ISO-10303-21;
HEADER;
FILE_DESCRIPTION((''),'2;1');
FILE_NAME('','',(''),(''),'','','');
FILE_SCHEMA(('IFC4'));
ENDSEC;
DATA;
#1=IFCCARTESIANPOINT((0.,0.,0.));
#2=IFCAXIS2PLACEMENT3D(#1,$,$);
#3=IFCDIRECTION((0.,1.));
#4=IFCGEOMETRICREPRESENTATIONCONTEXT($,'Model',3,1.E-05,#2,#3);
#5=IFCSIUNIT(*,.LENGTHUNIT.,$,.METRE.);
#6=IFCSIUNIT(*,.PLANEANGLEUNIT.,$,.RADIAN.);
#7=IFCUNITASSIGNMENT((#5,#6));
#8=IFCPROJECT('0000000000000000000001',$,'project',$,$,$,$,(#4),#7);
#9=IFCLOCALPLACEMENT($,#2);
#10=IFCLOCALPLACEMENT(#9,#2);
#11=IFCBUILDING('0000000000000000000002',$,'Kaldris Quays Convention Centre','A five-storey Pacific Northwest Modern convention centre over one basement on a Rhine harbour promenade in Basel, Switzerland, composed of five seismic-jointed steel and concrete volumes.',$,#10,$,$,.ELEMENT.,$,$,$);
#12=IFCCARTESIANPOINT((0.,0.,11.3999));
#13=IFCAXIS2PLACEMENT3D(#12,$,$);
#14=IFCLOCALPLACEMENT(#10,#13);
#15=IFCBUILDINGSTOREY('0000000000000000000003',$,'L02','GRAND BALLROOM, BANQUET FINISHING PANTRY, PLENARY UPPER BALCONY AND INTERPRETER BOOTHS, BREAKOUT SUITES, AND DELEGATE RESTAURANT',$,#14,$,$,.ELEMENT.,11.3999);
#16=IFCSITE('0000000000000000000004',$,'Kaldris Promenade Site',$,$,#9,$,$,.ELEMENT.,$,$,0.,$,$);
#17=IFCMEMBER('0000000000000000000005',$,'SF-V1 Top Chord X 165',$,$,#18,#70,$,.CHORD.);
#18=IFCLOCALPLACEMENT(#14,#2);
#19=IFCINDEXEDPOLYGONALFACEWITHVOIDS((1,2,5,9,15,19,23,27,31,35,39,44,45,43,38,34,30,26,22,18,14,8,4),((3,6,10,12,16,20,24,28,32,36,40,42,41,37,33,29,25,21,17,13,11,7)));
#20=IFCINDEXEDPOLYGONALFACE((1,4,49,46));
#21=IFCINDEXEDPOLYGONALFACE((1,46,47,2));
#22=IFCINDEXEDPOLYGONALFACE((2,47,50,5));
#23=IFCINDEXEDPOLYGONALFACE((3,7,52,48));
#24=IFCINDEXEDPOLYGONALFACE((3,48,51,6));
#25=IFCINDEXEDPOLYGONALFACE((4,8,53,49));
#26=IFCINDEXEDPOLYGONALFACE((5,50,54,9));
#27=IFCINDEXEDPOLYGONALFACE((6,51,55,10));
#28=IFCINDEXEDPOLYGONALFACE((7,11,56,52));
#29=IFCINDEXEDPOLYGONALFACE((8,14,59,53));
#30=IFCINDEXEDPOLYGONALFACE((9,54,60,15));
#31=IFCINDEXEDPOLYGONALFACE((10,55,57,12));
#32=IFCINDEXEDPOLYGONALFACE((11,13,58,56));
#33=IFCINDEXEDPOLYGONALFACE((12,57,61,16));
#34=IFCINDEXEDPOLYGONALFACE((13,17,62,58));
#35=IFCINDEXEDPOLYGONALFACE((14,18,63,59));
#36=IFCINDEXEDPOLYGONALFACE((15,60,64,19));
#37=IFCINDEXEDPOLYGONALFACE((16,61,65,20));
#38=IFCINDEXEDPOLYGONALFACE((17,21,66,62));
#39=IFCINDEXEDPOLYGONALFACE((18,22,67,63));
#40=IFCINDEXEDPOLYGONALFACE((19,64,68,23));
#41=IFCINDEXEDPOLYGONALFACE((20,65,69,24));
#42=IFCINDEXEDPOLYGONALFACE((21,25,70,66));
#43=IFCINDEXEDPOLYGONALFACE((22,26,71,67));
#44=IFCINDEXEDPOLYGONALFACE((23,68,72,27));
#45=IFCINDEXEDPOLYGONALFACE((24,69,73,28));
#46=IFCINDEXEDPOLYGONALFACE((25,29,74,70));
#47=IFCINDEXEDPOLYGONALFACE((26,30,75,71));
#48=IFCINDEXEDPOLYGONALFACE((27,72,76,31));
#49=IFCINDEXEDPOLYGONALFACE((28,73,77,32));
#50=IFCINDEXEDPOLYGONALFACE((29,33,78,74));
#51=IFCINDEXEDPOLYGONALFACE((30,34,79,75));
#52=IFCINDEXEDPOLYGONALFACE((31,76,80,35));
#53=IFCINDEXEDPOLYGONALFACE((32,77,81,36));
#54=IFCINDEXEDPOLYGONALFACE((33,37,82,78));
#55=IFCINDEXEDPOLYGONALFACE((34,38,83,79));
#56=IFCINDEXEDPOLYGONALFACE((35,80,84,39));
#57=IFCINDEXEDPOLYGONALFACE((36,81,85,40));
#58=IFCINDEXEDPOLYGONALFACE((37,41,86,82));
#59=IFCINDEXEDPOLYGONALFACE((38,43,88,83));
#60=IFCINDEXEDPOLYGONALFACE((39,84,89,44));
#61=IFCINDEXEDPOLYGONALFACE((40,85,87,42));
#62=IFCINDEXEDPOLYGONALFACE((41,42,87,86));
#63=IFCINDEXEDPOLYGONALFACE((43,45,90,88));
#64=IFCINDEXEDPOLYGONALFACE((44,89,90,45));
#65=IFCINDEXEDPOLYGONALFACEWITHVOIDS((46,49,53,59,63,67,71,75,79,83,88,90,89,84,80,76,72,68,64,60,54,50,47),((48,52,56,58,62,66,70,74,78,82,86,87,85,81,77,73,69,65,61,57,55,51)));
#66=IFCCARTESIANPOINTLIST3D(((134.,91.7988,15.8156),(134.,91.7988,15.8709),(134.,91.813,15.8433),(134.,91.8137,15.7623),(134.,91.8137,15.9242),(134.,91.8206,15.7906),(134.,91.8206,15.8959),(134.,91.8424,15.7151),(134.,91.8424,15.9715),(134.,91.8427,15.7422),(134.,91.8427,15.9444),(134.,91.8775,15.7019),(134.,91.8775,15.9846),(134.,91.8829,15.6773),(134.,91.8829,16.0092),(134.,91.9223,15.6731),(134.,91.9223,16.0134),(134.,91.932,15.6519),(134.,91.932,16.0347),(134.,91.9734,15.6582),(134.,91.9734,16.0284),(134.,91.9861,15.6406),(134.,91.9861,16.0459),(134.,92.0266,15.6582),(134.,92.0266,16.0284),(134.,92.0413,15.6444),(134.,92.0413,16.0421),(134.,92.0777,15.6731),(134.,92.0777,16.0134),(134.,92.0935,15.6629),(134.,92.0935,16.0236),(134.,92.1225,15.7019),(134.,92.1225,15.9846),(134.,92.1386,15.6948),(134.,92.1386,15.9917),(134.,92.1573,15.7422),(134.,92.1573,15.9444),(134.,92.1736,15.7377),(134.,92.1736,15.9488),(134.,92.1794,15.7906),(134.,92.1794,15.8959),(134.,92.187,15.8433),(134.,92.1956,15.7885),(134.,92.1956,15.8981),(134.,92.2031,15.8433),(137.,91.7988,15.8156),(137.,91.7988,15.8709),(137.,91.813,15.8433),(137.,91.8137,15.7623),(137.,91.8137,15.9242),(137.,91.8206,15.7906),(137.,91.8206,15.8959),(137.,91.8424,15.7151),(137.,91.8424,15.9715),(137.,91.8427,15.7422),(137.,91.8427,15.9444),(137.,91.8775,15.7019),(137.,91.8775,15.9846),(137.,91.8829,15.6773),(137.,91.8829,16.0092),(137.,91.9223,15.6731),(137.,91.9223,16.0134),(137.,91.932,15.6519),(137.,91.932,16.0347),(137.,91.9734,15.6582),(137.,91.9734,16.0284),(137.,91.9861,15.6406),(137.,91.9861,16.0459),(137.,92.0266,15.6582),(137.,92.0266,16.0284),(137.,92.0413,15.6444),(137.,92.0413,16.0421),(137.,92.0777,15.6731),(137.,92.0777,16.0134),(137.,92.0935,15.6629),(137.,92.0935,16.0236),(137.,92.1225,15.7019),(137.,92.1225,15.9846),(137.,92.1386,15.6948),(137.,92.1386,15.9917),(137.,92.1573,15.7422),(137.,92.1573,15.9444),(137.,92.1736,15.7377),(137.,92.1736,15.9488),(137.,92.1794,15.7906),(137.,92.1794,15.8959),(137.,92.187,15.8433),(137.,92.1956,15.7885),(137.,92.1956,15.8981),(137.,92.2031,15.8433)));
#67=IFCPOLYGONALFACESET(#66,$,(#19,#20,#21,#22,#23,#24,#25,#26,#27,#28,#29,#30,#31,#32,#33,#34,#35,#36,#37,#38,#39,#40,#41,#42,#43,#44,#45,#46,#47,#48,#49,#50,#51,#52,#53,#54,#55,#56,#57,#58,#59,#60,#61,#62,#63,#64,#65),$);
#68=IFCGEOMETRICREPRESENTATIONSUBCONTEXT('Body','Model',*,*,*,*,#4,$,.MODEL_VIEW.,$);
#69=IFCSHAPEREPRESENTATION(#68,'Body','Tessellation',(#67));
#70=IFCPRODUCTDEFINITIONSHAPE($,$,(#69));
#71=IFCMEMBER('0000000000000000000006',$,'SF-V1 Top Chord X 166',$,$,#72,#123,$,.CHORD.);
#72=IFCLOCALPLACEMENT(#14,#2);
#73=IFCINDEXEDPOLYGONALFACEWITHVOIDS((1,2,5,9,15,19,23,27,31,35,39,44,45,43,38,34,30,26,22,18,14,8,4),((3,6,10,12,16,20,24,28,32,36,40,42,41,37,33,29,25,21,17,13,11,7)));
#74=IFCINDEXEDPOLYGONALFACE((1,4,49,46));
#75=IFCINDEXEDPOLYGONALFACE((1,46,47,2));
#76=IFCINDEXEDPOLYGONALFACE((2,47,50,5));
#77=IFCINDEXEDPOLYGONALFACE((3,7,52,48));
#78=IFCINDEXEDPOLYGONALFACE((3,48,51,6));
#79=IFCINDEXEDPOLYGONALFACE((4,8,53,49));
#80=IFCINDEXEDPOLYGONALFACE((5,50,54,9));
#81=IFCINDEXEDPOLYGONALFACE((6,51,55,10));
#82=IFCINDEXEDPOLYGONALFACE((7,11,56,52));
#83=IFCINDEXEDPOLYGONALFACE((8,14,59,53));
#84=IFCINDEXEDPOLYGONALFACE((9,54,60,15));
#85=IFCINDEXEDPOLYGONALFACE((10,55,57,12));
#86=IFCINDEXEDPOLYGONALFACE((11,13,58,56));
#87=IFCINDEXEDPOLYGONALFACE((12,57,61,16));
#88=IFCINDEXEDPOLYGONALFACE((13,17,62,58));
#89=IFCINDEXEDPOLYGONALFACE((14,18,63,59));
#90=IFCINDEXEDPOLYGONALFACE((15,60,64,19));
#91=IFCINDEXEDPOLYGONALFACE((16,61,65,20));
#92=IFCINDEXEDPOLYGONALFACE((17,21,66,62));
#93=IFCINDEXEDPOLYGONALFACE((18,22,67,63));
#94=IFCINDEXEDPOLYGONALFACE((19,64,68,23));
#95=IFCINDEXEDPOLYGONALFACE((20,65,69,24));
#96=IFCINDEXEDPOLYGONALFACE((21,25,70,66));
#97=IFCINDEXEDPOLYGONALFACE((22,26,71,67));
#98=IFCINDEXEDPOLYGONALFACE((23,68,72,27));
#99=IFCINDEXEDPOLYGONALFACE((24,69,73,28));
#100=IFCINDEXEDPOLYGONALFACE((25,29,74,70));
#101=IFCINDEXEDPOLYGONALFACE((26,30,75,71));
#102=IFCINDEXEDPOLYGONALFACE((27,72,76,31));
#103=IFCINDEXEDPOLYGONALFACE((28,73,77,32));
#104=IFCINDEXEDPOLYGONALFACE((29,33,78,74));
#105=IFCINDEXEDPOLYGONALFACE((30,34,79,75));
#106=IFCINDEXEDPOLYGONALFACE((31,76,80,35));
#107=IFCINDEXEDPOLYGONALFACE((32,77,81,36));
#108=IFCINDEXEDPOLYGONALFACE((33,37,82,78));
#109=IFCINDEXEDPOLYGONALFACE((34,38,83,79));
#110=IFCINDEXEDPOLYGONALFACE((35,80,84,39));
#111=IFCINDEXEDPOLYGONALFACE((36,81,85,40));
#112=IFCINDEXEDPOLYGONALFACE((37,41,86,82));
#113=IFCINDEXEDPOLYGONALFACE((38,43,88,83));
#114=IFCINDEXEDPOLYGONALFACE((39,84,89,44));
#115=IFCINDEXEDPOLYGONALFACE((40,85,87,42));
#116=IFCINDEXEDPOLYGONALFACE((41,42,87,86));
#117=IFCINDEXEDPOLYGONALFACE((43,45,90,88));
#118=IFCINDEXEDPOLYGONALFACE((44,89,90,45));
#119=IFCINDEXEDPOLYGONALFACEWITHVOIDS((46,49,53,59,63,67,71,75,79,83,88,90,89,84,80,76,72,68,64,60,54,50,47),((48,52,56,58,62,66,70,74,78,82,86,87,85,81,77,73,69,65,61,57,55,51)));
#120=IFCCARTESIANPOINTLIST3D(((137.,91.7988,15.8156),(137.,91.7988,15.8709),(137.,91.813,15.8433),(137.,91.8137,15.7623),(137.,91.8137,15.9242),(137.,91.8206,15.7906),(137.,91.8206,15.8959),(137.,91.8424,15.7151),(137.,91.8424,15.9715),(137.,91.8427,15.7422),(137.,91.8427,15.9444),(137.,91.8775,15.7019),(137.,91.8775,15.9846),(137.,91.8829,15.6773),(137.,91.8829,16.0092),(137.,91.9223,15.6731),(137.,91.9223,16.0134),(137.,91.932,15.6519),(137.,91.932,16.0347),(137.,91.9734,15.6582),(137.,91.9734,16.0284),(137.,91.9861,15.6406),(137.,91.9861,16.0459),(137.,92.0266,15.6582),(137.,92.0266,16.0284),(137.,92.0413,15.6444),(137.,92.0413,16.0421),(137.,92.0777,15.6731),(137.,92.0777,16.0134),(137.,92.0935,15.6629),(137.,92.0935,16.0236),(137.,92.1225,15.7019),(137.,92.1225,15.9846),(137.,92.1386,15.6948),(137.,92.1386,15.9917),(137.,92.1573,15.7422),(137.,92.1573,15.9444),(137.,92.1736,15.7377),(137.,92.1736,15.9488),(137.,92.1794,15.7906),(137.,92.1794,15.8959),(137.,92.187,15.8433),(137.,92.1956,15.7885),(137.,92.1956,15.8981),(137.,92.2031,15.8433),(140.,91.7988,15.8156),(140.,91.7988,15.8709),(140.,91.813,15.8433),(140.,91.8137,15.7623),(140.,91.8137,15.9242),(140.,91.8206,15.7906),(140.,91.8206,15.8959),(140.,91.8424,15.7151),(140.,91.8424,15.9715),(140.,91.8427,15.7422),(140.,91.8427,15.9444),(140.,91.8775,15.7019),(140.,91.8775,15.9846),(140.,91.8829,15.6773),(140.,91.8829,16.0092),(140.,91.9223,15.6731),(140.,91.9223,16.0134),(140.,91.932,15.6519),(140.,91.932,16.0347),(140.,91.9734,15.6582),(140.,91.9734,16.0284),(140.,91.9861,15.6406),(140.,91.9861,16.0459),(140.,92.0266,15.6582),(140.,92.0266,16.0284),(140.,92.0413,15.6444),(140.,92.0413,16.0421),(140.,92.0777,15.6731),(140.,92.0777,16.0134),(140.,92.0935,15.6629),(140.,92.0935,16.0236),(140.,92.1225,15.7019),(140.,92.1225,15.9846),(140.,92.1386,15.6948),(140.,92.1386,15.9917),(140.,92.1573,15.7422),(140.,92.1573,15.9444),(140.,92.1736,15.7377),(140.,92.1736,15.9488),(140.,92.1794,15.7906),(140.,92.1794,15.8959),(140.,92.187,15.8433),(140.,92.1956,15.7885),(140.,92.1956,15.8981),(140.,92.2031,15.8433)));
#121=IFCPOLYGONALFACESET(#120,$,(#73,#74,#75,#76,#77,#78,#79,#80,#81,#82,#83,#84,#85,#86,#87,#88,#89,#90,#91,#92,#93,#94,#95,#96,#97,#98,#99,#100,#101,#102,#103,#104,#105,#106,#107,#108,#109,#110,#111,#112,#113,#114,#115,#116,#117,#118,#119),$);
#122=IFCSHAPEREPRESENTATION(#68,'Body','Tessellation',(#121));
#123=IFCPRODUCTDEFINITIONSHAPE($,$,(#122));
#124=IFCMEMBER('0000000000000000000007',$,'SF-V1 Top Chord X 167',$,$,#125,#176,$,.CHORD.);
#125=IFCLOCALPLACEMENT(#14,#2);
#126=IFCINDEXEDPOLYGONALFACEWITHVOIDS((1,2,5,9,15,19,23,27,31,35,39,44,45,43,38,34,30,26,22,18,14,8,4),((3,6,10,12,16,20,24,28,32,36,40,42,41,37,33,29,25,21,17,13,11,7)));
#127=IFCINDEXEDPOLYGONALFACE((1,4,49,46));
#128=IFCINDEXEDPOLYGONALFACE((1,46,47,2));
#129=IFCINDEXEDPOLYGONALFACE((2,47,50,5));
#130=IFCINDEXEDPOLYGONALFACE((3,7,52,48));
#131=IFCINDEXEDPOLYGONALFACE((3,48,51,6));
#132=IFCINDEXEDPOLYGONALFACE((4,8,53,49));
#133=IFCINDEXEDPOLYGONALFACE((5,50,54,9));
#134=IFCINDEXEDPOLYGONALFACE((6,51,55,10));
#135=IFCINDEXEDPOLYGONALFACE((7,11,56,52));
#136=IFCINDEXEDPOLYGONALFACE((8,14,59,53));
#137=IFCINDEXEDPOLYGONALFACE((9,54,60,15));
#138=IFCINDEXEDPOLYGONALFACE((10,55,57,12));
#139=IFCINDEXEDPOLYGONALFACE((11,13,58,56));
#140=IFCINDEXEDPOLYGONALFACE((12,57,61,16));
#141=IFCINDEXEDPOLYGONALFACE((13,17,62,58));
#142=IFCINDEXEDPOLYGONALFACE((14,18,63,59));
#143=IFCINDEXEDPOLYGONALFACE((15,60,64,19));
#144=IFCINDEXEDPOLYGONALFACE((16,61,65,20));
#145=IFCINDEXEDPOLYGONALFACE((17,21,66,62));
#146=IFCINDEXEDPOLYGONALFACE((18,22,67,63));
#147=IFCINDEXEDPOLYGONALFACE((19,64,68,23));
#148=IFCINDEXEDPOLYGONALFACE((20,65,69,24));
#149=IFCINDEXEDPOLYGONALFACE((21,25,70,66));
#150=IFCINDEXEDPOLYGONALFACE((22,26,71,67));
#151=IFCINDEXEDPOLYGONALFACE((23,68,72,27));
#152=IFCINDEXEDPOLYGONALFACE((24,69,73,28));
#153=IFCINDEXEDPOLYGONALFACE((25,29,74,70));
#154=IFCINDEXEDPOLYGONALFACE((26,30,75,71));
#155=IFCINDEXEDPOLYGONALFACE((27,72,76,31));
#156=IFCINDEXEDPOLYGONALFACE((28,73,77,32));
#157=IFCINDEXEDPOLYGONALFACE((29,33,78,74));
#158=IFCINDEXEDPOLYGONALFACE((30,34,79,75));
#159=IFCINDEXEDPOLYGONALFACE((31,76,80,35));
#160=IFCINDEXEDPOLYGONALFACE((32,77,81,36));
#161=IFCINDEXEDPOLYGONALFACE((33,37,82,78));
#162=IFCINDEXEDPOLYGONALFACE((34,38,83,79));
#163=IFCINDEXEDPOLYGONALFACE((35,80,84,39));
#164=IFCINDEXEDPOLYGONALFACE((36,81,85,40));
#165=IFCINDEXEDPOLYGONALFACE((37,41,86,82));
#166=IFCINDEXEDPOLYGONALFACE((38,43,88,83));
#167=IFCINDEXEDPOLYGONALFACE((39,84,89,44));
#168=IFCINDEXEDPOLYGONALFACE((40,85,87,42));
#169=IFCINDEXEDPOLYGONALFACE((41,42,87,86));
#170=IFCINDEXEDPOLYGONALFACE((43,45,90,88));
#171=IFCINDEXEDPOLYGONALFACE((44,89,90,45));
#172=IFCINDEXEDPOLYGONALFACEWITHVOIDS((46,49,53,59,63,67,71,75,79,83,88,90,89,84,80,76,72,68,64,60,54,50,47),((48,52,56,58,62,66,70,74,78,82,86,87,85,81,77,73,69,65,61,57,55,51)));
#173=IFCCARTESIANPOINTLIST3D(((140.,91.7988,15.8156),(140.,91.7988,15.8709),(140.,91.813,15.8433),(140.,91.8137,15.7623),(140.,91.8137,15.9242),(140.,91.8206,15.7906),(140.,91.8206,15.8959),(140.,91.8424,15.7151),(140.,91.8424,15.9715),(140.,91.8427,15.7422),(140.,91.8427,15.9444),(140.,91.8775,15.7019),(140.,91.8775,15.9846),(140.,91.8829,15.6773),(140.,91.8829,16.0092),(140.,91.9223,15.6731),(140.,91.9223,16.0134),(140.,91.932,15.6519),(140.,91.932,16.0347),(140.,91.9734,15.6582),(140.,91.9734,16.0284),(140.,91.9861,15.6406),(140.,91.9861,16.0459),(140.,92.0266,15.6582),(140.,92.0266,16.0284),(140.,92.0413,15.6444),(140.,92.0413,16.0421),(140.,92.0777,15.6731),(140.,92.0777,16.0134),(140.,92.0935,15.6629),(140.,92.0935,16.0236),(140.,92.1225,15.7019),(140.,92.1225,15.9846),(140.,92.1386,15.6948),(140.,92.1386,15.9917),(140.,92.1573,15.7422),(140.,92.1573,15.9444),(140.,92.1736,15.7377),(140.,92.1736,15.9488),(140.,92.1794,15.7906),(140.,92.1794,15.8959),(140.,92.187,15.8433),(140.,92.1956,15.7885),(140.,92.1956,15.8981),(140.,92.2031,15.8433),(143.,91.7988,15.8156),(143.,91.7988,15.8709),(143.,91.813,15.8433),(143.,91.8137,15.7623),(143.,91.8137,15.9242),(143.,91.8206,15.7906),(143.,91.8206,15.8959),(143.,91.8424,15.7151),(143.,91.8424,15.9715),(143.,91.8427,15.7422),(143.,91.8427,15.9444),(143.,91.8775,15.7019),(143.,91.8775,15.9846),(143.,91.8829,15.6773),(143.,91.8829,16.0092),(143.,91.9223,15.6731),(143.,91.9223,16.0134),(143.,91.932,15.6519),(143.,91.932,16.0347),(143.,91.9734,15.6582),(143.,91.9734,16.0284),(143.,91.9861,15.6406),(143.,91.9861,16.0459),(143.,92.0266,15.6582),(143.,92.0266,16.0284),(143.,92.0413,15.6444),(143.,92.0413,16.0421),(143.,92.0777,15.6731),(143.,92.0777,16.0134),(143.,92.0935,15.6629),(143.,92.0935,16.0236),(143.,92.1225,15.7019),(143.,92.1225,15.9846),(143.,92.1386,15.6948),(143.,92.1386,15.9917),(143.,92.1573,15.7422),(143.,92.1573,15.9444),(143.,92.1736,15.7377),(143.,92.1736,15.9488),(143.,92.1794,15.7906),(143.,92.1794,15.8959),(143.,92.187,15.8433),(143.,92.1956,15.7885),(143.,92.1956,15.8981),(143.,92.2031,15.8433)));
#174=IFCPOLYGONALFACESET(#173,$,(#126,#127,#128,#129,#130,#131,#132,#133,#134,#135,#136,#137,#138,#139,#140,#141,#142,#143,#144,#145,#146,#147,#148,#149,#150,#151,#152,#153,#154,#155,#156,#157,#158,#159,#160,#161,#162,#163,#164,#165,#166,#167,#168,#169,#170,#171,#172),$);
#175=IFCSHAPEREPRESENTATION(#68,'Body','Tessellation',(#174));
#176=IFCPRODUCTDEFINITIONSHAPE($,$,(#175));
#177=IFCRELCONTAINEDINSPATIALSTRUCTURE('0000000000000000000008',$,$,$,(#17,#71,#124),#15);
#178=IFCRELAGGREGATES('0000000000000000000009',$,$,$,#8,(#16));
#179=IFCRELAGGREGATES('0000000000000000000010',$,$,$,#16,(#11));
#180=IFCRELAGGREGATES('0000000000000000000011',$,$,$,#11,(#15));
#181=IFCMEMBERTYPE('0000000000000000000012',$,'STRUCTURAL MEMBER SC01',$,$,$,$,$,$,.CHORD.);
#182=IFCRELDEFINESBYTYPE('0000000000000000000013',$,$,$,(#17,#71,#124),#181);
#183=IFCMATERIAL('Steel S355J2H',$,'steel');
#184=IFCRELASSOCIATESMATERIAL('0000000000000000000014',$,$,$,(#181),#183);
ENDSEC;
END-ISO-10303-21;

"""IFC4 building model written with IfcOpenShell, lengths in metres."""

from ifc_helpers import new_model, si_unit, direction, frame, origin, origin_2d, place, context, subcontext, project, spatial, hollow_circle, extrude, material, material_profile, profile_set, type_object, element, save


model = new_model("IFC4")

# Units and contexts
model_context = context("Model", 3, precision=1e-05, world=origin(), true_north=direction((0.0, 1.0)))
body_context = subcontext(model_context, "Body", "Model", "MODEL_VIEW")
ifc_project = project(units=[si_unit("LENGTHUNIT", "METRE"), si_unit("PLANEANGLEUNIT", "RADIAN")], contexts=[model_context])

# Site, building, storey
site_placement = place(None, origin())
site = spatial("IfcSite", under=ifc_project, at=site_placement, Name="Kaldris Promenade Site", CompositionType="ELEMENT", RefElevation=0.0)
building_placement = place(site_placement, origin())
building = spatial("IfcBuilding", under=site, at=building_placement, Name="Kaldris Quays Convention Centre", Description="A five-storey Pacific Northwest Modern convention centre over one basement on a Rhine harbour promenade in Basel, Switzerland, composed of five seismic-jointed steel and concrete volumes.", CompositionType="ELEMENT")
storey_placement = place(building_placement, frame((0.0, 0.0, 11.3999)))
storey = spatial("IfcBuildingStorey", under=building, at=storey_placement, Name="L02", Description="GRAND BALLROOM, BANQUET FINISHING PANTRY, PLENARY UPPER BALCONY AND INTERPRETER BOOTHS, BREAKOUT SUITES, AND DELEGATE RESTAURANT", CompositionType="ELEMENT", Elevation=11.3999)

# Members
ifc_material_1 = material(Name="Steel S355J2H", Category="steel")
ifc_material_profile_1 = material_profile(ifc_material_1, hollow_circle(Radius=0.2031, WallThickness=0.0161, at=origin_2d()), Name="CHS 406.4x16")
ifc_profile_set_1 = profile_set([ifc_material_profile_1], Name="Steel S355J2H")
member_type_1 = type_object("IfcMemberType", Name="STRUCTURAL MEMBER SC01", PredefinedType="CHORD", material=ifc_profile_set_1)
for number, where, z_axis, x_axis, name in (
    (1, (134.0, 92.0, 15.8433), (1.0, 0.0, 0.0), (0.0, 1.0, 0.0), "SF-V1 Top Chord X 165"),
    (2, (137.0, 92.0, 15.8433), (1.0, 0.0, 0.0), (0.0, 1.0, 0.0), "SF-V1 Top Chord X 166"),
    (3, (140.0, 92.0, 15.8433), (1.0, 0.0, 0.0), (0.0, 1.0, 0.0), "SF-V1 Top Chord X 167"),
):
    element("IfcMember", number, at=place(storey_placement, frame(where, z_axis=z_axis, x_axis=x_axis)), inside=storey, type_object=member_type_1, Name=name, PredefinedType="CHORD", context=body_context, shape_type="SweptSolid", body=[
        extrude(hollow_circle(Radius=0.2031, WallThickness=0.0161, at=origin_2d()), origin(), (0.0, 0.0, 1.0), 3.0),
    ])

save(model, "model.ifc")
